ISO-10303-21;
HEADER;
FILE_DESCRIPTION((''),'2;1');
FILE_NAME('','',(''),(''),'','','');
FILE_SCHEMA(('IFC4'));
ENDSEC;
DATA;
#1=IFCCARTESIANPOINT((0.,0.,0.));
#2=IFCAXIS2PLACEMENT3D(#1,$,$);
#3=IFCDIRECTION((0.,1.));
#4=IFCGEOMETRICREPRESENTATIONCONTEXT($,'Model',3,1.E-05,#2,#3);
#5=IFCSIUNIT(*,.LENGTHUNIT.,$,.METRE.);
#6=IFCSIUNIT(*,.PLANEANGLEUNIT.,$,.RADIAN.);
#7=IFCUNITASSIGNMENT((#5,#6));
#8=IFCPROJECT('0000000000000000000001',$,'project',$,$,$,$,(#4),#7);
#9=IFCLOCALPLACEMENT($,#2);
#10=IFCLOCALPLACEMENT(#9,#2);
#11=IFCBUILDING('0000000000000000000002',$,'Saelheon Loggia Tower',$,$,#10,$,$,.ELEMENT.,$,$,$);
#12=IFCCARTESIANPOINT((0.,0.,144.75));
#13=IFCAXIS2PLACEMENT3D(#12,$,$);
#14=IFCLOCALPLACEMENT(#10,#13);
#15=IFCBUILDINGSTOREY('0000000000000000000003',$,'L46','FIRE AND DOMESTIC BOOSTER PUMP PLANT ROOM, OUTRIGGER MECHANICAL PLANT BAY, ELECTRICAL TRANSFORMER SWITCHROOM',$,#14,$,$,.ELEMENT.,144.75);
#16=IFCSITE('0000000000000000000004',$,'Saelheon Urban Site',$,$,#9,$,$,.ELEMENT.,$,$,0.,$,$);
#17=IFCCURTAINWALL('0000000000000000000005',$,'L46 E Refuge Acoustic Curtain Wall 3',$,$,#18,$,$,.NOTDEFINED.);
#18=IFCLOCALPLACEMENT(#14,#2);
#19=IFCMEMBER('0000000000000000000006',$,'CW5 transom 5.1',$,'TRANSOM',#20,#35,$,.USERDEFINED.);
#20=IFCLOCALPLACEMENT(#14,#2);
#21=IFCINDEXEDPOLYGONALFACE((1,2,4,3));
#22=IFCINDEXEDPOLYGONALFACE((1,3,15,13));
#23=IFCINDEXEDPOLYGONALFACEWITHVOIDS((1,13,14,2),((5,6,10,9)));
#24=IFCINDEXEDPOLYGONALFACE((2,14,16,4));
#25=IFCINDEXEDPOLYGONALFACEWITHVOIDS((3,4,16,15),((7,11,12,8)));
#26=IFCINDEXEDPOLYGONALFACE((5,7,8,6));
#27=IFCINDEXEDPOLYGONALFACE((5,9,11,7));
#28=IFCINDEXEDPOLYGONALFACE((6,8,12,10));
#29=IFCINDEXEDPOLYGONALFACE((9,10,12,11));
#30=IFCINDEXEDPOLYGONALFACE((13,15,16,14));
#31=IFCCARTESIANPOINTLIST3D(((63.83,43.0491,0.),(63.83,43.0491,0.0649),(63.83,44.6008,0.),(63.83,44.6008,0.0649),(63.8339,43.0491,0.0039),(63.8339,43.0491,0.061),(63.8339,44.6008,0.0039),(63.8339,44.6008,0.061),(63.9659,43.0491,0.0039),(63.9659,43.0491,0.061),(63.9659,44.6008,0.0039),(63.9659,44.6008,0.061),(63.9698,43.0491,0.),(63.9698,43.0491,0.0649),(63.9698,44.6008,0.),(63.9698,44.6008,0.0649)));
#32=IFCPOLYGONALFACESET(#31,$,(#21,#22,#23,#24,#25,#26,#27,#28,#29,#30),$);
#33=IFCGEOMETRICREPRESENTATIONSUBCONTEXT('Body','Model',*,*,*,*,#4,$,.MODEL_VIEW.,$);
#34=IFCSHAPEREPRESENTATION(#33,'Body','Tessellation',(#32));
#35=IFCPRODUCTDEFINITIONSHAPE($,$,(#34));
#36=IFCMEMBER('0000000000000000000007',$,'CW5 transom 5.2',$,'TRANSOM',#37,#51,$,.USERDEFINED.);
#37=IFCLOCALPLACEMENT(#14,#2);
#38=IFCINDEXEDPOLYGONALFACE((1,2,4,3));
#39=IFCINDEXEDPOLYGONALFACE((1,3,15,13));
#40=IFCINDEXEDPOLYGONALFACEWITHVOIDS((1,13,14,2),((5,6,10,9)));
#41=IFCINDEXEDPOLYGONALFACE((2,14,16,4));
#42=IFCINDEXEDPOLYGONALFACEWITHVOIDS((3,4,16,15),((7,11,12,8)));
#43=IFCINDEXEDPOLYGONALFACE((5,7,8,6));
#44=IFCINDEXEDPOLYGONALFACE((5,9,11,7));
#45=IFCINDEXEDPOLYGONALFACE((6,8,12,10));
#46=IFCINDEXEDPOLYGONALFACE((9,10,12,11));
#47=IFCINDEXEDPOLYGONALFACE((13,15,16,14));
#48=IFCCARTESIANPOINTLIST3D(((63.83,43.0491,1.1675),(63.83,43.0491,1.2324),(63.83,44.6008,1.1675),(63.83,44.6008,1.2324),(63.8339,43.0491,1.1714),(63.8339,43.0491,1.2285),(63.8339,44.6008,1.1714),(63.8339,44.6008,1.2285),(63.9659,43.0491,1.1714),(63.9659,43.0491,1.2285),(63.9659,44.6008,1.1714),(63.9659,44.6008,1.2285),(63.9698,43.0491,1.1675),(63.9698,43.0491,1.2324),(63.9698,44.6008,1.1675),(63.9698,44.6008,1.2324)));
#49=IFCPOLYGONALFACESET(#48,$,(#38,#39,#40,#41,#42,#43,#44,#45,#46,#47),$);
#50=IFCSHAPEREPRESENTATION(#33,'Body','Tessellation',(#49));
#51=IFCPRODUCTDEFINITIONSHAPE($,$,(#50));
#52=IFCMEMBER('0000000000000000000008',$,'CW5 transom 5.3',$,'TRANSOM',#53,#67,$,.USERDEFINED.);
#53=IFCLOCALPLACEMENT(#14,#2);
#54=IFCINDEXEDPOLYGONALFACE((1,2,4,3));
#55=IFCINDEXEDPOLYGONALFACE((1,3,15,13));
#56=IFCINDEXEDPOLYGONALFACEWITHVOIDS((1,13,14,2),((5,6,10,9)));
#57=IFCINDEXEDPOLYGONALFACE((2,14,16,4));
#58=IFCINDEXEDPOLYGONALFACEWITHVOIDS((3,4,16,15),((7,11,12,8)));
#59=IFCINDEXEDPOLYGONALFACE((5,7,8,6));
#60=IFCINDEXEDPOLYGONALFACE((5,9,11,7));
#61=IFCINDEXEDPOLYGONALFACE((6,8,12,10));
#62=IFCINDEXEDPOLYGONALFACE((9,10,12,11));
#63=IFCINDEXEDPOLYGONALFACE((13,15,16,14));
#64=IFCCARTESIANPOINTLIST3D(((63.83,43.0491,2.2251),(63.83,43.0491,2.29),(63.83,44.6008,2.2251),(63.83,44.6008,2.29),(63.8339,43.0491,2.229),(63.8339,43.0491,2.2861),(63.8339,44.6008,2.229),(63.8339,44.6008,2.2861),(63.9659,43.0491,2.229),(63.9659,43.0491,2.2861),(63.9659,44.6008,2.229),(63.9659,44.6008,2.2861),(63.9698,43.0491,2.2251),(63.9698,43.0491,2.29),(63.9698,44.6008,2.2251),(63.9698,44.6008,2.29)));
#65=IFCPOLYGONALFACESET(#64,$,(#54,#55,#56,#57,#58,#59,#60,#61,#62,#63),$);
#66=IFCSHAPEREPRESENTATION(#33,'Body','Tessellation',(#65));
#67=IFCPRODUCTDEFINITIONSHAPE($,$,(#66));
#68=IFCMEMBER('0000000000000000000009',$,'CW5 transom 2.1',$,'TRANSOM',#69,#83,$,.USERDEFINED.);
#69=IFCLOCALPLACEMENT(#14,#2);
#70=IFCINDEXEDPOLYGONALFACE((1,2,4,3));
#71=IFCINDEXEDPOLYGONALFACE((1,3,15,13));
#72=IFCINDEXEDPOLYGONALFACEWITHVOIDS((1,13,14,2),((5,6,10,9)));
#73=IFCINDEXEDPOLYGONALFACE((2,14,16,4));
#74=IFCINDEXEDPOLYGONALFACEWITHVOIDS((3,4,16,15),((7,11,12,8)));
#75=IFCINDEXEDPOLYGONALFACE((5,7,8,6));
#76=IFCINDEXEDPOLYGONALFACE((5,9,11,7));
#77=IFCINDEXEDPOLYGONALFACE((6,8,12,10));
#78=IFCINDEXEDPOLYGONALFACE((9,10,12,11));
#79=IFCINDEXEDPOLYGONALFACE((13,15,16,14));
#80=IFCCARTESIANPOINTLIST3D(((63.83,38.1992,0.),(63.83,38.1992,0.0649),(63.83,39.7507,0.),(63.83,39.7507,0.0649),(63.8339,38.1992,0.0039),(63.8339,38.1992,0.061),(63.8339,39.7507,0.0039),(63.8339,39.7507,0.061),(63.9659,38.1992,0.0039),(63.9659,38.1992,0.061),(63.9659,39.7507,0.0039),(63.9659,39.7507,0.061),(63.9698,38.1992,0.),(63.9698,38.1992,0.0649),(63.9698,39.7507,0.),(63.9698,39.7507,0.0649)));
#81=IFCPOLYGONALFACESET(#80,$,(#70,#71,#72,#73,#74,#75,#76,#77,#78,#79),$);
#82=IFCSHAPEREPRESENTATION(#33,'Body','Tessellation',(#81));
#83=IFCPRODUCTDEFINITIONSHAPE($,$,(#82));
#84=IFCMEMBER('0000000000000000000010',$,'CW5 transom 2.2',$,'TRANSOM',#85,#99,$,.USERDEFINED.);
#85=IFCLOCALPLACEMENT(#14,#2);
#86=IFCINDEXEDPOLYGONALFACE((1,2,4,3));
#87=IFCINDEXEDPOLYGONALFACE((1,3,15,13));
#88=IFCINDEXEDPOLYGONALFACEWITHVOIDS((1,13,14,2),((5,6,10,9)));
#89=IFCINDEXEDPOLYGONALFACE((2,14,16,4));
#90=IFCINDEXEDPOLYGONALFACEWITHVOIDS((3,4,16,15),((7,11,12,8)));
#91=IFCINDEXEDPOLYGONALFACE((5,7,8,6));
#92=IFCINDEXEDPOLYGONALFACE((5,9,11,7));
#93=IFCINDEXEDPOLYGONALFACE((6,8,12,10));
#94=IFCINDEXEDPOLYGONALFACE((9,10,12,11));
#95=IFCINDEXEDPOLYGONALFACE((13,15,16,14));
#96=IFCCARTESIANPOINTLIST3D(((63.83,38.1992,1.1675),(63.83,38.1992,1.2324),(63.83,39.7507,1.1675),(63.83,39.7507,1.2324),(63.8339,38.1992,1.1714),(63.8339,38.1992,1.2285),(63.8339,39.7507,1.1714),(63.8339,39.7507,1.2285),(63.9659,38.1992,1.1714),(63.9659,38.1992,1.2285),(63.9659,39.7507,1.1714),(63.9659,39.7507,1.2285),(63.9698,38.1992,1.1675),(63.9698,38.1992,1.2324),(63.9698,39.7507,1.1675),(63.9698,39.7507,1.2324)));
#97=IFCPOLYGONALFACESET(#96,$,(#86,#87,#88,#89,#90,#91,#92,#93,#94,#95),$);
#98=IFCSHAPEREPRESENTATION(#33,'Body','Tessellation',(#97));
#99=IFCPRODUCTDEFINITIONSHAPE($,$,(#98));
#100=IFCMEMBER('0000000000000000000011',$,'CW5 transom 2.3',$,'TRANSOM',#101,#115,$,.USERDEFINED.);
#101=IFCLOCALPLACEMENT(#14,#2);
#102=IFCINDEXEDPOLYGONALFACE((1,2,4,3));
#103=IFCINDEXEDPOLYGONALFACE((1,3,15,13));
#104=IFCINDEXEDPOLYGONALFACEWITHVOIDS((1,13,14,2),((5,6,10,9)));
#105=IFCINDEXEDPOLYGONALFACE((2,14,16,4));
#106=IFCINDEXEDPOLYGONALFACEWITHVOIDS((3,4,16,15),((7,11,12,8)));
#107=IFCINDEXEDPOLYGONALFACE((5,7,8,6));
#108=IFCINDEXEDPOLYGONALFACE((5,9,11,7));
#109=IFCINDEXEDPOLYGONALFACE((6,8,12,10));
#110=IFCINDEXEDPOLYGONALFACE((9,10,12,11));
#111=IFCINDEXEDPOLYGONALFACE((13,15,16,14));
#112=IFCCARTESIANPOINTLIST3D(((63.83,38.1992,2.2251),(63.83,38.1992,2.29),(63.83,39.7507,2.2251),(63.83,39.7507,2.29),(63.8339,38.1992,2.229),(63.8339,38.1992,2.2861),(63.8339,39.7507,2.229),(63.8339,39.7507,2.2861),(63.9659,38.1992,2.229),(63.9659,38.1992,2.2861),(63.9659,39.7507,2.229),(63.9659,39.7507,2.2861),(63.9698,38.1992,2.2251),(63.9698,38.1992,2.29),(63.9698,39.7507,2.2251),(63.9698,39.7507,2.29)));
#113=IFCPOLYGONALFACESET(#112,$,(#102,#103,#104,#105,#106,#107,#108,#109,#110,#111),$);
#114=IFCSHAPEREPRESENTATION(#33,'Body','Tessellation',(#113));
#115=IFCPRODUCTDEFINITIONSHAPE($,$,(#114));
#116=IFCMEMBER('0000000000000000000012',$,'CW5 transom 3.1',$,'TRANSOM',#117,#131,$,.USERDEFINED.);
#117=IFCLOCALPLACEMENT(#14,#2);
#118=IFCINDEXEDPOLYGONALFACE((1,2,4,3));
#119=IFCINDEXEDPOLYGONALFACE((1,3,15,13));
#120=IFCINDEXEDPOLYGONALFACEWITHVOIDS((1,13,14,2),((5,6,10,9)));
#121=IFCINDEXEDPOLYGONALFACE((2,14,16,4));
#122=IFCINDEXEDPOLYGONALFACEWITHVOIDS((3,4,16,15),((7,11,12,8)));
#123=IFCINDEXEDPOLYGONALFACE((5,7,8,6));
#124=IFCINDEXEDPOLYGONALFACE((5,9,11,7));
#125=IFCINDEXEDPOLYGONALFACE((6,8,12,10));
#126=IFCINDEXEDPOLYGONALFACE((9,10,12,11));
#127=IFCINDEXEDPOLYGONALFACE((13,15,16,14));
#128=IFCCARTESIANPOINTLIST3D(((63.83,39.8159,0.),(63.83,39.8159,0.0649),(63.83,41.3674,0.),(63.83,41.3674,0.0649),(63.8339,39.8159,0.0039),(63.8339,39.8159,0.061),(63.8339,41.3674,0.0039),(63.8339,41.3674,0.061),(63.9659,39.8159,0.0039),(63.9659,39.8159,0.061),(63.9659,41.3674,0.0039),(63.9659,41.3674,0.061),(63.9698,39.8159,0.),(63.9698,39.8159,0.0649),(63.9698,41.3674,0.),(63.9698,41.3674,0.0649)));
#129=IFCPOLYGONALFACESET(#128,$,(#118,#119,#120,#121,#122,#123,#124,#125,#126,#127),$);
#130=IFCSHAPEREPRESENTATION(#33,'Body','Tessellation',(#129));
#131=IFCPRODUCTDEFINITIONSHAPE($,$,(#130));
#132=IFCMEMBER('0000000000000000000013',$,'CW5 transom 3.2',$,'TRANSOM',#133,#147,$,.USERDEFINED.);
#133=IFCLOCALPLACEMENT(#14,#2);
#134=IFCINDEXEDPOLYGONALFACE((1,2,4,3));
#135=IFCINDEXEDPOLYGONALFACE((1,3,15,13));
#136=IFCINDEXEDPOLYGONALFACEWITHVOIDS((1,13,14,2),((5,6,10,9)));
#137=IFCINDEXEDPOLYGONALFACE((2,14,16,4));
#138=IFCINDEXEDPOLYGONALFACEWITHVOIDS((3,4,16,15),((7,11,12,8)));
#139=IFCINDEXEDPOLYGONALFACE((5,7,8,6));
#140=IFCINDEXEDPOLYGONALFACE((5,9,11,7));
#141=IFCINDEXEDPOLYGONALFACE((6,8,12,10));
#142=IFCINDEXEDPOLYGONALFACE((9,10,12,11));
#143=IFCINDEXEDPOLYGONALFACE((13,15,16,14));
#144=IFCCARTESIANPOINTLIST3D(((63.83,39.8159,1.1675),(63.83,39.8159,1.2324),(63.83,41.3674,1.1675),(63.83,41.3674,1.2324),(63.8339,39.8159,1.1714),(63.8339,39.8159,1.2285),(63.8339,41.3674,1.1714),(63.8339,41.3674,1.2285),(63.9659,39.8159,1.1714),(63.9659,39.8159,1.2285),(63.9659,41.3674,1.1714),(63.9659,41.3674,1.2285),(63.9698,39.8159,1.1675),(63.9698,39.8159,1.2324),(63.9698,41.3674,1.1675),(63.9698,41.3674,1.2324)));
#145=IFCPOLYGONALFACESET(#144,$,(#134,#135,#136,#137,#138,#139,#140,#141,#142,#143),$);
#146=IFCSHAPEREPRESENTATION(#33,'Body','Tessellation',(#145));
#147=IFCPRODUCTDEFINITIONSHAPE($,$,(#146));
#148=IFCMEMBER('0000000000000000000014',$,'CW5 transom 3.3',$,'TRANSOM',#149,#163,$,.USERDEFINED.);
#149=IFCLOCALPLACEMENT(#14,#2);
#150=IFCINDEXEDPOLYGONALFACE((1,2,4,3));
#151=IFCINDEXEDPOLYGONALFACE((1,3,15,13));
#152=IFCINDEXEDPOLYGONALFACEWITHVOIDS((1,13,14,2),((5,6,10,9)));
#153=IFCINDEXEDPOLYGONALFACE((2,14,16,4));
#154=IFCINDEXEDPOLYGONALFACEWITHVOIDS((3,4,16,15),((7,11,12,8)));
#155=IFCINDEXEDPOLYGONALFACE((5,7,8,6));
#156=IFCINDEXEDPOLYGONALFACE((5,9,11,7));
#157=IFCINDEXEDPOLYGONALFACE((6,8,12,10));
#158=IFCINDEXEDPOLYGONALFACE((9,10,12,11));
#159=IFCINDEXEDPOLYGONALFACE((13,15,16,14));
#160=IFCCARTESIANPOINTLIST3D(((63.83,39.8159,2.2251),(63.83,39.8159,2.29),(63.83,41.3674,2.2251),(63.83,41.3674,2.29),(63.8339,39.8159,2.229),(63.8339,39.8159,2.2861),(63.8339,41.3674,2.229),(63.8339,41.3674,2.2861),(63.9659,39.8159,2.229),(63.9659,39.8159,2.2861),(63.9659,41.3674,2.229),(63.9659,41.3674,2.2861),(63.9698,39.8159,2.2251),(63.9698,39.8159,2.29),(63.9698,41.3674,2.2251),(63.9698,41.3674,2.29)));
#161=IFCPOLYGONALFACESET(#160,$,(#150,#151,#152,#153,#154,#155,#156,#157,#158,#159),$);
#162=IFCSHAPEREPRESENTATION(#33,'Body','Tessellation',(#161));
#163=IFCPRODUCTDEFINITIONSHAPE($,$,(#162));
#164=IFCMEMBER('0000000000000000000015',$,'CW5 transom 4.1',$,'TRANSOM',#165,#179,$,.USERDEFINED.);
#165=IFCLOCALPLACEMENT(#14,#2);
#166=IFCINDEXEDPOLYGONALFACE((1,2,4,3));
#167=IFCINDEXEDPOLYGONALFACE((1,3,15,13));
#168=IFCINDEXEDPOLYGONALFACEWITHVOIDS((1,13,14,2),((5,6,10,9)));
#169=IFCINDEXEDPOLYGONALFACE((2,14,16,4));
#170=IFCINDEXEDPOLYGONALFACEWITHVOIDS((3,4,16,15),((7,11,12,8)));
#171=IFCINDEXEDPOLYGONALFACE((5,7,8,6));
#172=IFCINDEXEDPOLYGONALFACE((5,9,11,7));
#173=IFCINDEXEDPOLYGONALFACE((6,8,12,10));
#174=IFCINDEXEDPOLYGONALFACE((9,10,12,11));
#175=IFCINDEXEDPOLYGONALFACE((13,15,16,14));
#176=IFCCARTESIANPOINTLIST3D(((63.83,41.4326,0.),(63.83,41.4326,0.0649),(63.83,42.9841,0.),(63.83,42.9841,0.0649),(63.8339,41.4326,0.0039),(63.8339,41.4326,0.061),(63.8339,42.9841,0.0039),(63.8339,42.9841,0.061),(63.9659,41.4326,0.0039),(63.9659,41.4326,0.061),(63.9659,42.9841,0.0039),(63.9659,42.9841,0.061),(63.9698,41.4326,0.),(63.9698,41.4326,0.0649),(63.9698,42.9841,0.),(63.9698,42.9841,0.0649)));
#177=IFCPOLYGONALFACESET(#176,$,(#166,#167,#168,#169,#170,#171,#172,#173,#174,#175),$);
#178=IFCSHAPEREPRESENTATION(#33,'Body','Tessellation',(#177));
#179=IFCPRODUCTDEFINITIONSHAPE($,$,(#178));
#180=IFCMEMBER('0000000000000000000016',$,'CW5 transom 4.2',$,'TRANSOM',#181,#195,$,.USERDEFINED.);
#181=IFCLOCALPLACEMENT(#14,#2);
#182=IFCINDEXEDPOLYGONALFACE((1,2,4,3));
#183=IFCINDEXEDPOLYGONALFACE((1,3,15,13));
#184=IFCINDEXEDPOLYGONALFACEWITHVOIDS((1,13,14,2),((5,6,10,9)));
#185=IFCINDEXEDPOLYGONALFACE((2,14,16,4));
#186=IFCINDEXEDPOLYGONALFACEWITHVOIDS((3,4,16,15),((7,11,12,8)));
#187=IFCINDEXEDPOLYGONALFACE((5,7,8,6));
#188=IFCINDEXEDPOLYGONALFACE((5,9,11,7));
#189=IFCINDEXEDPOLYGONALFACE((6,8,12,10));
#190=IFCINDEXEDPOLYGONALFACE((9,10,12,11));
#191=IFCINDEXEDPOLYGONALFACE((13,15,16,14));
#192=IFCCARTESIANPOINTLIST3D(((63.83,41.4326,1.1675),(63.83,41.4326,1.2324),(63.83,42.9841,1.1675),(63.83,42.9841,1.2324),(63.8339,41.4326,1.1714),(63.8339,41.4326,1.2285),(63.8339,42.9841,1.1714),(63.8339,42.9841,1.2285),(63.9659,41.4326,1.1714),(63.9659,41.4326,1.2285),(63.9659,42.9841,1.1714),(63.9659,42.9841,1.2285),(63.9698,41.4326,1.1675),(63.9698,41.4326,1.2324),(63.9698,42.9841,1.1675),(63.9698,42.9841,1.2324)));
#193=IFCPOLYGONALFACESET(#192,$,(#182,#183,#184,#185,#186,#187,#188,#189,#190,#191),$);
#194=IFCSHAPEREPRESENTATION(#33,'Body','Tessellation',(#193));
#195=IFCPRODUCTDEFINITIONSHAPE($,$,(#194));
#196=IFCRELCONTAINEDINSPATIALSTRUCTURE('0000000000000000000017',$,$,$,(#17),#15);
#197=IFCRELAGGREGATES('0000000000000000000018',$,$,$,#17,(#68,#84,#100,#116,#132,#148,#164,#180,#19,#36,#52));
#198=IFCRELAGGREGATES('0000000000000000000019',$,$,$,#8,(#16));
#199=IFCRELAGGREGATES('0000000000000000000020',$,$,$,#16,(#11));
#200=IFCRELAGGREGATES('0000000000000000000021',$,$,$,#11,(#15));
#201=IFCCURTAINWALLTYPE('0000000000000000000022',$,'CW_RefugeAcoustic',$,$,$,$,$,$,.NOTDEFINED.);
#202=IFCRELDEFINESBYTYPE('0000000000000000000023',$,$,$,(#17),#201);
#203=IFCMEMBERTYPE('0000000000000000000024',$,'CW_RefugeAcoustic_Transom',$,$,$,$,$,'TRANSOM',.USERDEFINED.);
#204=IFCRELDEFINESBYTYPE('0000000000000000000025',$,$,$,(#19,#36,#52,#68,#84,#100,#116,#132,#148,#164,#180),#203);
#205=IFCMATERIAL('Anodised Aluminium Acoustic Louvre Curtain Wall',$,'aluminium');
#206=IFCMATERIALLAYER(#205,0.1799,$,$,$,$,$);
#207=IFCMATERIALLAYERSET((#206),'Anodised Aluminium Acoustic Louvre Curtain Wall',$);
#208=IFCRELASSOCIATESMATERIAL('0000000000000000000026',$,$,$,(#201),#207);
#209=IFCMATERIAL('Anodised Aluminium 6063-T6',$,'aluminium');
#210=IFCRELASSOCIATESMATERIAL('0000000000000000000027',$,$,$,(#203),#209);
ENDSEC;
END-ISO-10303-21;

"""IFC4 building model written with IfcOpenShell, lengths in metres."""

from ifc_helpers import new_model, si_unit, direction, frame, origin, origin_2d, place, context, subcontext, project, spatial, hollow_rectangle, extrude, source, transform, mapped, material, layer, layer_set, material_profile, profile_set, type_object, element, aggregate, save


model = new_model("IFC4")

# Units and contexts
model_context = context("Model", 3, precision=1e-05, world=origin(), true_north=direction((0.0, 1.0)))
body_context = subcontext(model_context, "Body", "Model", "MODEL_VIEW")
ifc_project = project(units=[si_unit("LENGTHUNIT", "METRE"), si_unit("PLANEANGLEUNIT", "RADIAN")], contexts=[model_context])

# Site, building, storey
site_placement = place(None, origin())
site = spatial("IfcSite", under=ifc_project, at=site_placement, Name="Saelheon Urban Site", CompositionType="ELEMENT", RefElevation=0.0)
building_placement = place(site_placement, origin())
building = spatial("IfcBuilding", under=site, at=building_placement, Name="Saelheon Loggia Tower", CompositionType="ELEMENT")
storey_placement = place(building_placement, frame((0.0, 0.0, 144.75)))
storey = spatial("IfcBuildingStorey", under=building, at=storey_placement, Name="L46", Description="FIRE AND DOMESTIC BOOSTER PUMP PLANT ROOM, OUTRIGGER MECHANICAL PLANT BAY, ELECTRICAL TRANSFORMER SWITCHROOM", CompositionType="ELEMENT", Elevation=144.75)

# Curtain wall, members
ifc_material_1 = material(Name="Anodised Aluminium Acoustic Louvre Curtain Wall", Category="aluminium")
ifc_layer_1 = layer(ifc_material_1, 0.1799)
ifc_layer_set_1 = layer_set([ifc_layer_1], Name="Anodised Aluminium Acoustic Louvre Curtain Wall")
curtain_wall_type = type_object("IfcCurtainWallType", Name="CW_RefugeAcoustic", PredefinedType="NOTDEFINED", material=ifc_layer_set_1)
curtain_wall_placement = place(storey_placement, origin())
curtain_wall = element("IfcCurtainWall", 1, at=curtain_wall_placement, inside=storey, type_object=curtain_wall_type, Name="L46 E Refuge Acoustic Curtain Wall 3", PredefinedType="NOTDEFINED")
ifc_material_2 = material(Name="Anodised Aluminium 6063-T6", Category="aluminium")
ifc_material_profile_1 = material_profile(ifc_material_2, hollow_rectangle(XDim=0.0649, YDim=0.1399, WallThickness=0.0039, at=origin_2d()), Name="RHS-140x65x4")
ifc_profile_set_1 = profile_set([ifc_material_profile_1], Name="Anodised Aluminium 6063-T6")
member_type_1 = type_object("IfcMemberType", Name="CW_RefugeAcoustic_Transom", ElementType="TRANSOM", PredefinedType="USERDEFINED", material=ifc_profile_set_1)
shared_shape_1 = source(origin(), body_context, "Body", "SweptSolid", [
    extrude(hollow_rectangle(XDim=0.0649, YDim=0.1399, WallThickness=0.0039, at=origin_2d()), origin(), (0.0, 0.0, 1.0), 1.5518),
])
member_1_placement = place(storey_placement, frame((63.8999, 43.0491, 0.0325), z_axis=(0.0, 1.0, 0.0), x_axis=(0.0, 0.0, 1.0)))
member_1 = element("IfcMember", 2, at=member_1_placement, type_object=member_type_1, Name="CW5 transom 5.1", ObjectType="TRANSOM", PredefinedType="USERDEFINED", context=body_context, shape_type="MappedRepresentation", body=[
    mapped(shared_shape_1, transform((0.0, 0.0, 0.0), scale=1.0)),
])
member_2_placement = place(storey_placement, frame((63.8999, 43.0491, 1.2), z_axis=(0.0, 1.0, 0.0), x_axis=(0.0, 0.0, 1.0)))
member_2 = element("IfcMember", 3, at=member_2_placement, type_object=member_type_1, Name="CW5 transom 5.2", ObjectType="TRANSOM", PredefinedType="USERDEFINED", context=body_context, shape_type="MappedRepresentation", body=[
    mapped(shared_shape_1, transform((0.0, 0.0, 0.0), scale=1.0)),
])
member_3_placement = place(storey_placement, frame((63.8999, 43.0491, 2.2576), z_axis=(0.0, 1.0, 0.0), x_axis=(0.0, 0.0, 1.0)))
member_3 = element("IfcMember", 4, at=member_3_placement, type_object=member_type_1, Name="CW5 transom 5.3", ObjectType="TRANSOM", PredefinedType="USERDEFINED", context=body_context, shape_type="MappedRepresentation", body=[
    mapped(shared_shape_1, transform((0.0, 0.0, 0.0), scale=1.0)),
])
shared_shape_2 = source(origin(), body_context, "Body", "SweptSolid", [
    extrude(hollow_rectangle(XDim=0.0649, YDim=0.1399, WallThickness=0.0039, at=origin_2d()), origin(), (0.0, 0.0, 1.0), 1.5515),
])
member_4_placement = place(storey_placement, frame((63.8999, 38.1992, 0.0325), z_axis=(0.0, 1.0, 0.0), x_axis=(0.0, 0.0, 1.0)))
member_4 = element("IfcMember", 5, at=member_4_placement, type_object=member_type_1, Name="CW5 transom 2.1", ObjectType="TRANSOM", PredefinedType="USERDEFINED", context=body_context, shape_type="MappedRepresentation", body=[
    mapped(shared_shape_2, transform((0.0, 0.0, 0.0), scale=1.0)),
])
member_5_placement = place(storey_placement, frame((63.8999, 38.1992, 1.2), z_axis=(0.0, 1.0, 0.0), x_axis=(0.0, 0.0, 1.0)))
member_5 = element("IfcMember", 6, at=member_5_placement, type_object=member_type_1, Name="CW5 transom 2.2", ObjectType="TRANSOM", PredefinedType="USERDEFINED", context=body_context, shape_type="MappedRepresentation", body=[
    mapped(shared_shape_2, transform((0.0, 0.0, 0.0), scale=1.0)),
])
member_6_placement = place(storey_placement, frame((63.8999, 38.1992, 2.2576), z_axis=(0.0, 1.0, 0.0), x_axis=(0.0, 0.0, 1.0)))
member_6 = element("IfcMember", 7, at=member_6_placement, type_object=member_type_1, Name="CW5 transom 2.3", ObjectType="TRANSOM", PredefinedType="USERDEFINED", context=body_context, shape_type="MappedRepresentation", body=[
    mapped(shared_shape_2, transform((0.0, 0.0, 0.0), scale=1.0)),
])
member_7_placement = place(storey_placement, frame((63.8999, 39.8159, 0.0325), z_axis=(0.0, 1.0, 0.0), x_axis=(0.0, 0.0, 1.0)))
member_7 = element("IfcMember", 8, at=member_7_placement, type_object=member_type_1, Name="CW5 transom 3.1", ObjectType="TRANSOM", PredefinedType="USERDEFINED", context=body_context, shape_type="MappedRepresentation", body=[
    mapped(shared_shape_2, transform((0.0, 0.0, 0.0), scale=1.0)),
])
member_8_placement = place(storey_placement, frame((63.8999, 39.8159, 1.2), z_axis=(0.0, 1.0, 0.0), x_axis=(0.0, 0.0, 1.0)))
member_8 = element("IfcMember", 9, at=member_8_placement, type_object=member_type_1, Name="CW5 transom 3.2", ObjectType="TRANSOM", PredefinedType="USERDEFINED", context=body_context, shape_type="MappedRepresentation", body=[
    mapped(shared_shape_2, transform((0.0, 0.0, 0.0), scale=1.0)),
])
member_9_placement = place(storey_placement, frame((63.8999, 39.8159, 2.2576), z_axis=(0.0, 1.0, 0.0), x_axis=(0.0, 0.0, 1.0)))
member_9 = element("IfcMember", 10, at=member_9_placement, type_object=member_type_1, Name="CW5 transom 3.3", ObjectType="TRANSOM", PredefinedType="USERDEFINED", context=body_context, shape_type="MappedRepresentation", body=[
    mapped(shared_shape_2, transform((0.0, 0.0, 0.0), scale=1.0)),
])
member_10_placement = place(storey_placement, frame((63.8999, 41.4326, 0.0325), z_axis=(0.0, 1.0, 0.0), x_axis=(0.0, 0.0, 1.0)))
member_10 = element("IfcMember", 11, at=member_10_placement, type_object=member_type_1, Name="CW5 transom 4.1", ObjectType="TRANSOM", PredefinedType="USERDEFINED", context=body_context, shape_type="MappedRepresentation", body=[
    mapped(shared_shape_2, transform((0.0, 0.0, 0.0), scale=1.0)),
])
member_11_placement = place(storey_placement, frame((63.8999, 41.4326, 1.2), z_axis=(0.0, 1.0, 0.0), x_axis=(0.0, 0.0, 1.0)))
member_11 = element("IfcMember", 12, at=member_11_placement, type_object=member_type_1, Name="CW5 transom 4.2", ObjectType="TRANSOM", PredefinedType="USERDEFINED", context=body_context, shape_type="MappedRepresentation", body=[
    mapped(shared_shape_2, transform((0.0, 0.0, 0.0), scale=1.0)),
])
aggregate(curtain_wall, [member_4, member_5, member_6, member_7, member_8, member_9, member_10, member_11, member_1, member_2, member_3])

save(model, "model.ifc")
